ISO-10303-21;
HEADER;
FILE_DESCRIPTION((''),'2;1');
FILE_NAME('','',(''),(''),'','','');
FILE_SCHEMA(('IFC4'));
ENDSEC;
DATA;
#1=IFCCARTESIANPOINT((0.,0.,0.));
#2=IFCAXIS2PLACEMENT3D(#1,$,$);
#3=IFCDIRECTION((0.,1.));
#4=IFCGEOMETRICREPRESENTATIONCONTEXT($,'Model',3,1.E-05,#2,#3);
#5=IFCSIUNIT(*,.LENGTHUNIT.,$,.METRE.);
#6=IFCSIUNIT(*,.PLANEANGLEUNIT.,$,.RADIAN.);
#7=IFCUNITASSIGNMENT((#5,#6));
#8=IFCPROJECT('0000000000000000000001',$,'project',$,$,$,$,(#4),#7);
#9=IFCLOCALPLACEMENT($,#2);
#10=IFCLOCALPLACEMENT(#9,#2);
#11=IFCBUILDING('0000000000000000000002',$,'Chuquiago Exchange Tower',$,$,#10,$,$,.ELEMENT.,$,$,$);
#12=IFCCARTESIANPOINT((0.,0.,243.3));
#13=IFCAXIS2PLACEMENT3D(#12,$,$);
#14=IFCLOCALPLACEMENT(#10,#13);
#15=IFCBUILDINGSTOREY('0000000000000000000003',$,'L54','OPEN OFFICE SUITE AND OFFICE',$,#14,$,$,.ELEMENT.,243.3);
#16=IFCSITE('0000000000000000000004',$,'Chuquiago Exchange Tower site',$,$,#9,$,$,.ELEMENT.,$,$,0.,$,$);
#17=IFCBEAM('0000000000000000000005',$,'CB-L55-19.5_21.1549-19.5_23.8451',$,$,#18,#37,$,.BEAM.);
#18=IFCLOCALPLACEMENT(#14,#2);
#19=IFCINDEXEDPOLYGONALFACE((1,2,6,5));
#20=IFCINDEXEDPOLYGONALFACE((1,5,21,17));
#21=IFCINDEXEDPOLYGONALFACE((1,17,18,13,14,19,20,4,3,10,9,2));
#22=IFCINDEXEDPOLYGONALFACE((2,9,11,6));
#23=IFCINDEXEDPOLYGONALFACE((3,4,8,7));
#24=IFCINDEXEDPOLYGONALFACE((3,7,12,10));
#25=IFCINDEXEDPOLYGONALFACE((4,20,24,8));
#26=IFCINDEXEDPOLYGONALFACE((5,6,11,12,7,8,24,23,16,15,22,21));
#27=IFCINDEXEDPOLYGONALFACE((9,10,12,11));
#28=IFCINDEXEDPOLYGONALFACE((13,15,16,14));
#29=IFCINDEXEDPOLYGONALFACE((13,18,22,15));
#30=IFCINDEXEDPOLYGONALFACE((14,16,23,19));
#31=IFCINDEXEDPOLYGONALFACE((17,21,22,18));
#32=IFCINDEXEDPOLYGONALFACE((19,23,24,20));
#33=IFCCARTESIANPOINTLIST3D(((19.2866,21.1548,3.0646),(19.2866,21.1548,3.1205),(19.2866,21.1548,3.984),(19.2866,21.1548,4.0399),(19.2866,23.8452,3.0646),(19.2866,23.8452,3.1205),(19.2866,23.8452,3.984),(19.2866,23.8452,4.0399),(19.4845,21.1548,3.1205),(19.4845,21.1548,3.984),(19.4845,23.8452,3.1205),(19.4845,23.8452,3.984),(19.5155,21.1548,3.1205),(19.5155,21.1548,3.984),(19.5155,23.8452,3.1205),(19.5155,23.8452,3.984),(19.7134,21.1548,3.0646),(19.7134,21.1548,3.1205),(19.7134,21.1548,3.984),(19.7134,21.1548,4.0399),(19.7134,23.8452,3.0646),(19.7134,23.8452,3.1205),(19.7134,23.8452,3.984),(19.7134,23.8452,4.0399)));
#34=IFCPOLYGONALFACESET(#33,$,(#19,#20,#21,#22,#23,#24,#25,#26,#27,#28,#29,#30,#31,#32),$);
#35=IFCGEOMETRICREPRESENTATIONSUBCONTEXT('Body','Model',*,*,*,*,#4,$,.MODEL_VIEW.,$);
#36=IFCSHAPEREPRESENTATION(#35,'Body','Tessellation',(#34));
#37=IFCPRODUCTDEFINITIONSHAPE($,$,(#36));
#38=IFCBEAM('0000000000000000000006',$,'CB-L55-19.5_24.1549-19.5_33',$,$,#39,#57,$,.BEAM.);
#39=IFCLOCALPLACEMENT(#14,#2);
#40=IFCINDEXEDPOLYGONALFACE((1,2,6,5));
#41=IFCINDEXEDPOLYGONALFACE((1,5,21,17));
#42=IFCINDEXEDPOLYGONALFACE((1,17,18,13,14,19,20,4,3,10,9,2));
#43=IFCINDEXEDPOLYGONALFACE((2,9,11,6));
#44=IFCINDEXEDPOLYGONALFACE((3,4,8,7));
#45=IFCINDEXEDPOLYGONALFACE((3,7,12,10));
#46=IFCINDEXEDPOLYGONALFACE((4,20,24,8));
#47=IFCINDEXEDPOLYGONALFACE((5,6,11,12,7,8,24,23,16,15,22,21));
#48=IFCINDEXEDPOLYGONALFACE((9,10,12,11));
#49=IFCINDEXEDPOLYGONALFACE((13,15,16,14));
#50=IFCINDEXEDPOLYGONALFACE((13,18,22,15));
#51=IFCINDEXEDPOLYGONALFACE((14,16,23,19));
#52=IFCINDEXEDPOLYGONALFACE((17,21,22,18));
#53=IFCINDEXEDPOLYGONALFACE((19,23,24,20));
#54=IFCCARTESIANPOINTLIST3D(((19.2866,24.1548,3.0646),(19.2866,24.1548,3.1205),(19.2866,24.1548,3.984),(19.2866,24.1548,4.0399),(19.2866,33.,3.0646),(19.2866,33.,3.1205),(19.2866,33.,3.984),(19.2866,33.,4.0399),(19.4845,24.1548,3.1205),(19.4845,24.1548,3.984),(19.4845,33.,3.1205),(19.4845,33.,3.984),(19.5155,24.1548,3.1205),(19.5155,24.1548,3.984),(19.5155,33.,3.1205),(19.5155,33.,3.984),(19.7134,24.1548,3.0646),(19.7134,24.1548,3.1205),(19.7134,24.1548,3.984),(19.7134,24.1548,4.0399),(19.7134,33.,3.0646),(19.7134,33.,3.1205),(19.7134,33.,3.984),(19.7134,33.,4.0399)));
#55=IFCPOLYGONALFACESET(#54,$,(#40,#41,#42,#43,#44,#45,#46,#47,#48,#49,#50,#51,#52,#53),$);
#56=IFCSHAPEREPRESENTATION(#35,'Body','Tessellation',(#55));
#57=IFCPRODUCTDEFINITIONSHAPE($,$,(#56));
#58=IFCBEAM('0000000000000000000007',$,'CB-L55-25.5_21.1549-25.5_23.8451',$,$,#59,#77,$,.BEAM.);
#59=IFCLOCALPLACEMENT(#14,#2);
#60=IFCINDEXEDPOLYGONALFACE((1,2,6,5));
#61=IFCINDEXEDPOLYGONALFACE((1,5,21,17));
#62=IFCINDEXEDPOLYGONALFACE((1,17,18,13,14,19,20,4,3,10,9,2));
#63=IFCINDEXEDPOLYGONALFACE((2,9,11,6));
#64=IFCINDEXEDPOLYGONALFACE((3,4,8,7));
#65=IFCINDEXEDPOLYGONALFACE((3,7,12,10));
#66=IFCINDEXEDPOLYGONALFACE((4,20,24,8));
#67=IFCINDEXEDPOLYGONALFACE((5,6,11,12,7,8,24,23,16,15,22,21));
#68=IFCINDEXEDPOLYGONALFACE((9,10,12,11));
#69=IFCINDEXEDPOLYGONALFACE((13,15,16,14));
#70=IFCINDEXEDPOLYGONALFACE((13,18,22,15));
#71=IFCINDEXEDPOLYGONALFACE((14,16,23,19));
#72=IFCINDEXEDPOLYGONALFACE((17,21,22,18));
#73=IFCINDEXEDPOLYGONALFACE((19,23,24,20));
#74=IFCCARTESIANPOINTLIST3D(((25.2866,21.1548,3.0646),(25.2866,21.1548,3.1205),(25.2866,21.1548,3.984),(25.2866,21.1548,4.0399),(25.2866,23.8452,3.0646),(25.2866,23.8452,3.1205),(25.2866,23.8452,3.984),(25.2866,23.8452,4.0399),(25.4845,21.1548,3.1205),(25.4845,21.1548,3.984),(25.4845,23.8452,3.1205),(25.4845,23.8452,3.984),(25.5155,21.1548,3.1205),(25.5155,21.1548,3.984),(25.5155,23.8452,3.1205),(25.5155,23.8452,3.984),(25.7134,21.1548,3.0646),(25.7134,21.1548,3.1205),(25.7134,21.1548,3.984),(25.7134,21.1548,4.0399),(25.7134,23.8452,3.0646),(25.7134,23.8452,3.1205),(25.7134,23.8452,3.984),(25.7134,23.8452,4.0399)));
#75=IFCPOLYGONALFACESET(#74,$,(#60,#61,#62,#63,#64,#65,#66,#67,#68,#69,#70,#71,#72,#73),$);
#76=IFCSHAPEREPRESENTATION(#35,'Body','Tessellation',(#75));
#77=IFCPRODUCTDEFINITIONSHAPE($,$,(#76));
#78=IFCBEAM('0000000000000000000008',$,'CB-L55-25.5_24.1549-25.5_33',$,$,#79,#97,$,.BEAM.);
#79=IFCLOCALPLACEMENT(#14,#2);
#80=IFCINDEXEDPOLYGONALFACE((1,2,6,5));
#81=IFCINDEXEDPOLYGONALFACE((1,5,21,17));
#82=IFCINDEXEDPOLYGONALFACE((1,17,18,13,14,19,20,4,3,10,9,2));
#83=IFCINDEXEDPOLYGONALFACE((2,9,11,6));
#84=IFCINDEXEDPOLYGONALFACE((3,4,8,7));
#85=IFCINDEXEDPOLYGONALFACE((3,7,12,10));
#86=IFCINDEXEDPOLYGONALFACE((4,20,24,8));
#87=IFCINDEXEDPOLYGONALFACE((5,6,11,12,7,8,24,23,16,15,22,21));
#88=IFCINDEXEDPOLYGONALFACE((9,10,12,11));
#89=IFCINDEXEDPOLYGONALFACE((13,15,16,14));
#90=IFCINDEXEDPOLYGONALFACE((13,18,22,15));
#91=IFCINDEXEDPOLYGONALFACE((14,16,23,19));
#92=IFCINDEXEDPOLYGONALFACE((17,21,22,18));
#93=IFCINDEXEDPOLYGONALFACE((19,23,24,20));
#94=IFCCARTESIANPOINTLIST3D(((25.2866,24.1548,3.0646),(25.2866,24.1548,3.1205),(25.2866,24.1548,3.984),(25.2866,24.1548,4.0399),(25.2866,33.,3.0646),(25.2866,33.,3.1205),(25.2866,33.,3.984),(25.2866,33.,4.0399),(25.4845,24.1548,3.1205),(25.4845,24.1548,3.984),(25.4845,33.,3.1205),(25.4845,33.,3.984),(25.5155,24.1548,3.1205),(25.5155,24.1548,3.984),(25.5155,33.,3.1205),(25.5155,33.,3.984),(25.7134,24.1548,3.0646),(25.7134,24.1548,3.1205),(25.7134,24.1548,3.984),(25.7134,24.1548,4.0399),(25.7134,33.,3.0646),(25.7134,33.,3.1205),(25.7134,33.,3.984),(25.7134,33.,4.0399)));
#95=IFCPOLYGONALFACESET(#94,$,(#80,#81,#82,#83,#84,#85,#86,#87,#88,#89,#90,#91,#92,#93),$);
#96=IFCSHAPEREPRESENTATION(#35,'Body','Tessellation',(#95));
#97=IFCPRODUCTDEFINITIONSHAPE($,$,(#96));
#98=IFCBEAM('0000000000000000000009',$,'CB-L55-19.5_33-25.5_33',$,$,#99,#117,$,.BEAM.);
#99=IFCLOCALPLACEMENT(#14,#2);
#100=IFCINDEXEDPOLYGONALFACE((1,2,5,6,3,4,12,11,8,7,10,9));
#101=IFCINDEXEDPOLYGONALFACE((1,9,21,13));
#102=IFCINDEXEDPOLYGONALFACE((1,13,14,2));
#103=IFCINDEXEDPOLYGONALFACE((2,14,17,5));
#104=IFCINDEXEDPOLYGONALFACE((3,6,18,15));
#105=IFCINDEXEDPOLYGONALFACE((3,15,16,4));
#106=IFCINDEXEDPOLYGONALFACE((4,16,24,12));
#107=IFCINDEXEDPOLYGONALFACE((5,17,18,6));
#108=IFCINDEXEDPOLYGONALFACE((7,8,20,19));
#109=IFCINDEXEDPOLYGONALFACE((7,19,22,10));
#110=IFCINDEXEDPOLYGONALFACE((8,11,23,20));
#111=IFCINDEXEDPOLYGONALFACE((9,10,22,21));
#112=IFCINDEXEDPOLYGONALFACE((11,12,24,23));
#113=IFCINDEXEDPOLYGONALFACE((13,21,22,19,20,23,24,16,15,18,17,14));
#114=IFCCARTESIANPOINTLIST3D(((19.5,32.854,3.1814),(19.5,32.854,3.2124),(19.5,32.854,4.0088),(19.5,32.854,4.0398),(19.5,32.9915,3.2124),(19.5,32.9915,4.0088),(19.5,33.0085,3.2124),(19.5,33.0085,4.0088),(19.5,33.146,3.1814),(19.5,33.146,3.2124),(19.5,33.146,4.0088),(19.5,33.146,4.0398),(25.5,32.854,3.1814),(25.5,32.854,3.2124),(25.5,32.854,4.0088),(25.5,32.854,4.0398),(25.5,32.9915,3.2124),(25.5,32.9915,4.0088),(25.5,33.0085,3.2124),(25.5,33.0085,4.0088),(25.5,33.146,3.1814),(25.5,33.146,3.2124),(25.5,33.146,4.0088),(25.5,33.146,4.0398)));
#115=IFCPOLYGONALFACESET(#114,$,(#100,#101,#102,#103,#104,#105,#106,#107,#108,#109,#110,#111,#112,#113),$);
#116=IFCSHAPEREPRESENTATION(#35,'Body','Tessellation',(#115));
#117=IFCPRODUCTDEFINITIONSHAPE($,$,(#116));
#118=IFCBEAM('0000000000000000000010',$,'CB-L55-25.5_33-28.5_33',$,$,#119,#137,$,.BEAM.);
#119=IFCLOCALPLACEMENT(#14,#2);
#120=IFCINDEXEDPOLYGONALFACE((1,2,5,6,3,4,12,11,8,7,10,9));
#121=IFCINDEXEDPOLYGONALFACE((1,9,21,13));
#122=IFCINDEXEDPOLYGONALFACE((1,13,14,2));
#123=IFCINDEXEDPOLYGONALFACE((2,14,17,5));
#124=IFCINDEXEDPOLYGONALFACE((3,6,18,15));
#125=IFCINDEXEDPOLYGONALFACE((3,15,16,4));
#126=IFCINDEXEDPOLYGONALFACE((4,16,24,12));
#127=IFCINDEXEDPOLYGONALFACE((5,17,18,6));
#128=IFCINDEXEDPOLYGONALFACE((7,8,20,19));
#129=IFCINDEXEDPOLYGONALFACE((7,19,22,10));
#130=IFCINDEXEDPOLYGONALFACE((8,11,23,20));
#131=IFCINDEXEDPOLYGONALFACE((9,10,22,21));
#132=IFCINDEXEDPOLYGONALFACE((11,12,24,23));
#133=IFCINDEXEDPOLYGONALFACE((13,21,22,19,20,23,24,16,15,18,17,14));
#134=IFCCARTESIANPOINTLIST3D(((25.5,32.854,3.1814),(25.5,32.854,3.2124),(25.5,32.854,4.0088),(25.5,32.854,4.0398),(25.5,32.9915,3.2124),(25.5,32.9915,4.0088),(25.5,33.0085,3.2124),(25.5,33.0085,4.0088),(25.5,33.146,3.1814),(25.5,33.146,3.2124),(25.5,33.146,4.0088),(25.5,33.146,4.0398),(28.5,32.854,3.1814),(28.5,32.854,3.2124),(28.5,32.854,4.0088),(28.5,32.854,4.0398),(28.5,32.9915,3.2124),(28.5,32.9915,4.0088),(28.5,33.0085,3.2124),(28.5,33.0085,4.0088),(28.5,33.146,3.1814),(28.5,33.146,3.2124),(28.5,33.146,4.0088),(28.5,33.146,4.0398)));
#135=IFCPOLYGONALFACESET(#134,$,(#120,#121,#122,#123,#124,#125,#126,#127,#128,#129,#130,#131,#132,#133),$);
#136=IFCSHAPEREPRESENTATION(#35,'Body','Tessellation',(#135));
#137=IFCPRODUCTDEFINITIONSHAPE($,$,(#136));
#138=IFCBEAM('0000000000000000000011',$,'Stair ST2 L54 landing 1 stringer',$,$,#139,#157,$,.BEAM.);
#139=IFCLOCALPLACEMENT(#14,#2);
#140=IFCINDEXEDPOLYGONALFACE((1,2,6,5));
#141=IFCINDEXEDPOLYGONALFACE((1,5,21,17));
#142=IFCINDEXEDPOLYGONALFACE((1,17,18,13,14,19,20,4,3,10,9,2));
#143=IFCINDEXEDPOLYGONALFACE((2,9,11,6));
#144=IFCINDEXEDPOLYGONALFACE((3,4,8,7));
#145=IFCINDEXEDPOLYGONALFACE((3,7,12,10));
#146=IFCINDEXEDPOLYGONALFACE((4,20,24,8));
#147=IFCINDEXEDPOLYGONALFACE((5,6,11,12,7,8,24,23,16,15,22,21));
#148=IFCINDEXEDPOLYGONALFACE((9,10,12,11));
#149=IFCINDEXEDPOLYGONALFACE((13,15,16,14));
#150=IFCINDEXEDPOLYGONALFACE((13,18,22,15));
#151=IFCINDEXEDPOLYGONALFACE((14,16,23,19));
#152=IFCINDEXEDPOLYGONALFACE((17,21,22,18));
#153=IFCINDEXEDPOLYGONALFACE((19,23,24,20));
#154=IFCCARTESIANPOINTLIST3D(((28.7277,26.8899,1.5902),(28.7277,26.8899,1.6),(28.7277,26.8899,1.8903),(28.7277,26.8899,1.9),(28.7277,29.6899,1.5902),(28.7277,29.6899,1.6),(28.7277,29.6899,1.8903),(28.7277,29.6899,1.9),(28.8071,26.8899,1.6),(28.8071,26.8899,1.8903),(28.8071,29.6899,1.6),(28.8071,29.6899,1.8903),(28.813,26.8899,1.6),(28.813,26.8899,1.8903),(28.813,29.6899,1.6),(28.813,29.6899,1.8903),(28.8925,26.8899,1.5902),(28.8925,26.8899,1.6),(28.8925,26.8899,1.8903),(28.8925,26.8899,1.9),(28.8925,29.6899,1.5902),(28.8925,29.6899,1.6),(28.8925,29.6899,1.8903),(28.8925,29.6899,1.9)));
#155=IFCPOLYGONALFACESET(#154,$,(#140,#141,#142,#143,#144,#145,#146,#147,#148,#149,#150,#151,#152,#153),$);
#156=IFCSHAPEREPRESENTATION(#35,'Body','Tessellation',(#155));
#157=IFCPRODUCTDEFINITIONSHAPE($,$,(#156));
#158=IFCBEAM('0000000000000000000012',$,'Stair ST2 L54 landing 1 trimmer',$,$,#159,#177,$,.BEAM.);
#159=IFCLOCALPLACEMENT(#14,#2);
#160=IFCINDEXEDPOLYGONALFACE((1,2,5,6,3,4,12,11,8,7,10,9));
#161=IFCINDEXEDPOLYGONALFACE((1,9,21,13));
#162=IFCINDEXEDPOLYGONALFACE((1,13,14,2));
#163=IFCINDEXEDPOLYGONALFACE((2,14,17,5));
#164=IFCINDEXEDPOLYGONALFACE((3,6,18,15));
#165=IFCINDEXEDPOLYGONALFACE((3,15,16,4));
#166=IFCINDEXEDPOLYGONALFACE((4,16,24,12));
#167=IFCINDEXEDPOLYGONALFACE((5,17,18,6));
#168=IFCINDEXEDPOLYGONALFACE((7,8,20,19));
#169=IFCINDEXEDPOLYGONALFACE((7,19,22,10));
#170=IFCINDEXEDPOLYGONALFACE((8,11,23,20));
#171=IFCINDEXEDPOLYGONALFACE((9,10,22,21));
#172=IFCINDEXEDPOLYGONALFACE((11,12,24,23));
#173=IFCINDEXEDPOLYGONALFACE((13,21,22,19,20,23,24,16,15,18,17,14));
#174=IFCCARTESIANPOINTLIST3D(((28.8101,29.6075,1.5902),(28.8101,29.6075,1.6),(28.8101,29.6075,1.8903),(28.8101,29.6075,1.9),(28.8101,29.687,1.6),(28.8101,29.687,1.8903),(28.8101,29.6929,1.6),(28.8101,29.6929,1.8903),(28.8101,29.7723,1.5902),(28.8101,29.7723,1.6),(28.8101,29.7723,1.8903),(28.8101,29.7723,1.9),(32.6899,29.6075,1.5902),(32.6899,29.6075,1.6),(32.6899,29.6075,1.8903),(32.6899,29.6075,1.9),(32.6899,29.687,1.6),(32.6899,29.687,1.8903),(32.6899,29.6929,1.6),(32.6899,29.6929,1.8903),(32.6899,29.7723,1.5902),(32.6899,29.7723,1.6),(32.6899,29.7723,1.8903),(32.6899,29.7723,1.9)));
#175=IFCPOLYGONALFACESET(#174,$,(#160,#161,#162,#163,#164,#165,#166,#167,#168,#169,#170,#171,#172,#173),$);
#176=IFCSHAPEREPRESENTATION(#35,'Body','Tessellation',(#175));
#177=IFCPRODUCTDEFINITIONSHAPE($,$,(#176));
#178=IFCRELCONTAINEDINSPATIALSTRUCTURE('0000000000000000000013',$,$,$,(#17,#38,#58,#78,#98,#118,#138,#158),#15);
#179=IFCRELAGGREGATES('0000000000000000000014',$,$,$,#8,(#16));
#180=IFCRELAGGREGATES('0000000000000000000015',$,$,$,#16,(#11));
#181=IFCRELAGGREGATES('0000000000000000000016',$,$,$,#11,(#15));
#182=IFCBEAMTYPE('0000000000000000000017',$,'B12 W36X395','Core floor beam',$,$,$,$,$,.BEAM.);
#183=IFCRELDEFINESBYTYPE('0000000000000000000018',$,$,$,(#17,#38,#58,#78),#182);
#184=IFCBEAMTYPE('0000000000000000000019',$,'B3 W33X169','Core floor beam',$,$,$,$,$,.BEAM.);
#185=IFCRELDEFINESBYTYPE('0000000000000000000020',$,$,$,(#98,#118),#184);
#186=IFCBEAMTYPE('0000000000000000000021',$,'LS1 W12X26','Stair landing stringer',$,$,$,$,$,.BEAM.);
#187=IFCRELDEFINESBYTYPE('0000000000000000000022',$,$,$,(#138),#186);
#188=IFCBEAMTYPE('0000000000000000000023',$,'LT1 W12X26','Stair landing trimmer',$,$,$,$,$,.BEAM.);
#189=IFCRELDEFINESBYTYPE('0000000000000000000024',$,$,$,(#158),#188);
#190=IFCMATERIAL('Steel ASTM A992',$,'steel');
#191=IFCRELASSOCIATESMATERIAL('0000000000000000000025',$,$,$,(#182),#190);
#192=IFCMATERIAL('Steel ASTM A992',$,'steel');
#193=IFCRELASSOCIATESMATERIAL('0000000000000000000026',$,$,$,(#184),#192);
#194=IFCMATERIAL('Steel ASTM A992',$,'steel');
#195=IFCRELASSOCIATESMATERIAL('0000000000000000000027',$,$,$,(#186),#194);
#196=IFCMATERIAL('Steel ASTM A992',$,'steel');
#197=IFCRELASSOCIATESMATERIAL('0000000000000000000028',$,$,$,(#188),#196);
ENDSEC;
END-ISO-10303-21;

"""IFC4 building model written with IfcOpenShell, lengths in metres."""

from ifc_helpers import new_model, si_unit, direction, frame, origin, origin_2d, place, context, subcontext, project, spatial, i_section, extrude, material, material_profile, profile_set, type_object, element, save


model = new_model("IFC4")

# Units and contexts
model_context = context("Model", 3, precision=1e-05, world=origin(), true_north=direction((0.0, 1.0)))
body_context = subcontext(model_context, "Body", "Model", "MODEL_VIEW")
ifc_project = project(units=[si_unit("LENGTHUNIT", "METRE"), si_unit("PLANEANGLEUNIT", "RADIAN")], contexts=[model_context])

# Site, building, storey
site_placement = place(None, origin())
site = spatial("IfcSite", under=ifc_project, at=site_placement, Name="Chuquiago Exchange Tower site", CompositionType="ELEMENT", RefElevation=0.0)
building_placement = place(site_placement, origin())
building = spatial("IfcBuilding", under=site, at=building_placement, Name="Chuquiago Exchange Tower", CompositionType="ELEMENT")
storey_placement = place(building_placement, frame((0.0, 0.0, 243.3)))
storey = spatial("IfcBuildingStorey", under=building, at=storey_placement, Name="L54", Description="OPEN OFFICE SUITE AND OFFICE", CompositionType="ELEMENT", Elevation=243.3)

# Beams
ifc_material_1 = material(Name="Steel ASTM A992", Category="steel")
ifc_material_profile_1 = material_profile(ifc_material_1, i_section(OverallWidth=0.4268, OverallDepth=0.9753, WebThickness=0.031, FlangeThickness=0.0559, at=origin_2d()), Name="W36X395")
ifc_profile_set_1 = profile_set([ifc_material_profile_1], Name="Steel ASTM A992")
beam_type_1 = type_object("IfcBeamType", Name="B12 W36X395", Description="Core floor beam", PredefinedType="BEAM", material=ifc_profile_set_1)
beam_1_placement = place(storey_placement, frame((19.5, 21.1548, 3.5522), z_axis=(0.0, 1.0, 0.0), x_axis=(-1.0, 0.0, 0.0)))
element("IfcBeam", 1, at=beam_1_placement, inside=storey, type_object=beam_type_1, Name="CB-L55-19.5_21.1549-19.5_23.8451", PredefinedType="BEAM", context=body_context, shape_type="SweptSolid", body=[
    extrude(i_section(OverallWidth=0.4268, OverallDepth=0.9753, WebThickness=0.031, FlangeThickness=0.0559, at=origin_2d()), origin(), (0.0, 0.0, 1.0), 2.6904),
])
beam_2_placement = place(storey_placement, frame((19.5, 24.1548, 3.5522), z_axis=(0.0, 1.0, 0.0), x_axis=(-1.0, 0.0, 0.0)))
element("IfcBeam", 2, at=beam_2_placement, inside=storey, type_object=beam_type_1, Name="CB-L55-19.5_24.1549-19.5_33", PredefinedType="BEAM", context=body_context, shape_type="SweptSolid", body=[
    extrude(i_section(OverallWidth=0.4268, OverallDepth=0.9753, WebThickness=0.031, FlangeThickness=0.0559, at=origin_2d()), origin(), (0.0, 0.0, 1.0), 8.8452),
])
beam_3_placement = place(storey_placement, frame((25.5, 21.1548, 3.5522), z_axis=(0.0, 1.0, 0.0), x_axis=(-1.0, 0.0, 0.0)))
element("IfcBeam", 3, at=beam_3_placement, inside=storey, type_object=beam_type_1, Name="CB-L55-25.5_21.1549-25.5_23.8451", PredefinedType="BEAM", context=body_context, shape_type="SweptSolid", body=[
    extrude(i_section(OverallWidth=0.4268, OverallDepth=0.9753, WebThickness=0.031, FlangeThickness=0.0559, at=origin_2d()), origin(), (0.0, 0.0, 1.0), 2.6904),
])
beam_4_placement = place(storey_placement, frame((25.5, 24.1548, 3.5522), z_axis=(0.0, 1.0, 0.0), x_axis=(-1.0, 0.0, 0.0)))
element("IfcBeam", 4, at=beam_4_placement, inside=storey, type_object=beam_type_1, Name="CB-L55-25.5_24.1549-25.5_33", PredefinedType="BEAM", context=body_context, shape_type="SweptSolid", body=[
    extrude(i_section(OverallWidth=0.4268, OverallDepth=0.9753, WebThickness=0.031, FlangeThickness=0.0559, at=origin_2d()), origin(), (0.0, 0.0, 1.0), 8.8452),
])
ifc_material_2 = material(Name="Steel ASTM A992", Category="steel")
ifc_material_profile_2 = material_profile(ifc_material_2, i_section(OverallWidth=0.292, OverallDepth=0.8584, WebThickness=0.0171, FlangeThickness=0.031, at=origin_2d()), Name="W33X169")
ifc_profile_set_2 = profile_set([ifc_material_profile_2], Name="Steel ASTM A992")
beam_type_2 = type_object("IfcBeamType", Name="B3 W33X169", Description="Core floor beam", PredefinedType="BEAM", material=ifc_profile_set_2)
beam_5_placement = place(storey_placement, frame((19.5, 33.0, 3.6106), z_axis=(1.0, 0.0, 0.0), x_axis=(0.0, 1.0, 0.0)))
element("IfcBeam", 5, at=beam_5_placement, inside=storey, type_object=beam_type_2, Name="CB-L55-19.5_33-25.5_33", PredefinedType="BEAM", context=body_context, shape_type="SweptSolid", body=[
    extrude(i_section(OverallWidth=0.292, OverallDepth=0.8584, WebThickness=0.0171, FlangeThickness=0.031, at=origin_2d()), origin(), (0.0, 0.0, 1.0), 6.0),
])
beam_6_placement = place(storey_placement, frame((25.5, 33.0, 3.6106), z_axis=(1.0, 0.0, 0.0), x_axis=(0.0, 1.0, 0.0)))
element("IfcBeam", 6, at=beam_6_placement, inside=storey, type_object=beam_type_2, Name="CB-L55-25.5_33-28.5_33", PredefinedType="BEAM", context=body_context, shape_type="SweptSolid", body=[
    extrude(i_section(OverallWidth=0.292, OverallDepth=0.8584, WebThickness=0.0171, FlangeThickness=0.031, at=origin_2d()), origin(), (0.0, 0.0, 1.0), 3.0),
])
ifc_material_3 = material(Name="Steel ASTM A992", Category="steel")
ifc_material_profile_3 = material_profile(ifc_material_3, i_section(OverallWidth=0.1648, OverallDepth=0.3098, WebThickness=0.0059, FlangeThickness=0.0098, at=origin_2d()), Name="W12X26")
ifc_profile_set_3 = profile_set([ifc_material_profile_3], Name="Steel ASTM A992")
beam_type_3 = type_object("IfcBeamType", Name="LS1 W12X26", Description="Stair landing stringer", PredefinedType="BEAM", material=ifc_profile_set_3)
beam_7_placement = place(storey_placement, frame((28.8101, 26.8899, 1.7451), z_axis=(0.0, 1.0, 0.0), x_axis=(-1.0, 0.0, 0.0)))
element("IfcBeam", 7, at=beam_7_placement, inside=storey, type_object=beam_type_3, Name="Stair ST2 L54 landing 1 stringer", PredefinedType="BEAM", context=body_context, shape_type="SweptSolid", body=[
    extrude(i_section(OverallWidth=0.1648, OverallDepth=0.3098, WebThickness=0.0059, FlangeThickness=0.0098, at=origin_2d()), origin(), (0.0, 0.0, 1.0), 2.8),
])
ifc_material_4 = material(Name="Steel ASTM A992", Category="steel")
ifc_material_profile_4 = material_profile(ifc_material_4, i_section(OverallWidth=0.1648, OverallDepth=0.3098, WebThickness=0.0059, FlangeThickness=0.0098, at=origin_2d()), Name="W12X26")
ifc_profile_set_4 = profile_set([ifc_material_profile_4], Name="Steel ASTM A992")
beam_type_4 = type_object("IfcBeamType", Name="LT1 W12X26", Description="Stair landing trimmer", PredefinedType="BEAM", material=ifc_profile_set_4)
for number, where, z_axis, x_axis, name in (
    (8, (28.8101, 29.6899, 1.7451), (1.0, 0.0, 0.0), (0.0, 1.0, 0.0), "Stair ST2 L54 landing 1 trimmer"),
):
    element("IfcBeam", number, at=place(storey_placement, frame(where, z_axis=z_axis, x_axis=x_axis)), inside=storey, type_object=beam_type_4, Name=name, PredefinedType="BEAM", context=body_context, shape_type="SweptSolid", body=[
        extrude(i_section(OverallWidth=0.1648, OverallDepth=0.3098, WebThickness=0.0059, FlangeThickness=0.0098, at=origin_2d()), origin(), (0.0, 0.0, 1.0), 3.8799),
    ])

save(model, "model.ifc")
